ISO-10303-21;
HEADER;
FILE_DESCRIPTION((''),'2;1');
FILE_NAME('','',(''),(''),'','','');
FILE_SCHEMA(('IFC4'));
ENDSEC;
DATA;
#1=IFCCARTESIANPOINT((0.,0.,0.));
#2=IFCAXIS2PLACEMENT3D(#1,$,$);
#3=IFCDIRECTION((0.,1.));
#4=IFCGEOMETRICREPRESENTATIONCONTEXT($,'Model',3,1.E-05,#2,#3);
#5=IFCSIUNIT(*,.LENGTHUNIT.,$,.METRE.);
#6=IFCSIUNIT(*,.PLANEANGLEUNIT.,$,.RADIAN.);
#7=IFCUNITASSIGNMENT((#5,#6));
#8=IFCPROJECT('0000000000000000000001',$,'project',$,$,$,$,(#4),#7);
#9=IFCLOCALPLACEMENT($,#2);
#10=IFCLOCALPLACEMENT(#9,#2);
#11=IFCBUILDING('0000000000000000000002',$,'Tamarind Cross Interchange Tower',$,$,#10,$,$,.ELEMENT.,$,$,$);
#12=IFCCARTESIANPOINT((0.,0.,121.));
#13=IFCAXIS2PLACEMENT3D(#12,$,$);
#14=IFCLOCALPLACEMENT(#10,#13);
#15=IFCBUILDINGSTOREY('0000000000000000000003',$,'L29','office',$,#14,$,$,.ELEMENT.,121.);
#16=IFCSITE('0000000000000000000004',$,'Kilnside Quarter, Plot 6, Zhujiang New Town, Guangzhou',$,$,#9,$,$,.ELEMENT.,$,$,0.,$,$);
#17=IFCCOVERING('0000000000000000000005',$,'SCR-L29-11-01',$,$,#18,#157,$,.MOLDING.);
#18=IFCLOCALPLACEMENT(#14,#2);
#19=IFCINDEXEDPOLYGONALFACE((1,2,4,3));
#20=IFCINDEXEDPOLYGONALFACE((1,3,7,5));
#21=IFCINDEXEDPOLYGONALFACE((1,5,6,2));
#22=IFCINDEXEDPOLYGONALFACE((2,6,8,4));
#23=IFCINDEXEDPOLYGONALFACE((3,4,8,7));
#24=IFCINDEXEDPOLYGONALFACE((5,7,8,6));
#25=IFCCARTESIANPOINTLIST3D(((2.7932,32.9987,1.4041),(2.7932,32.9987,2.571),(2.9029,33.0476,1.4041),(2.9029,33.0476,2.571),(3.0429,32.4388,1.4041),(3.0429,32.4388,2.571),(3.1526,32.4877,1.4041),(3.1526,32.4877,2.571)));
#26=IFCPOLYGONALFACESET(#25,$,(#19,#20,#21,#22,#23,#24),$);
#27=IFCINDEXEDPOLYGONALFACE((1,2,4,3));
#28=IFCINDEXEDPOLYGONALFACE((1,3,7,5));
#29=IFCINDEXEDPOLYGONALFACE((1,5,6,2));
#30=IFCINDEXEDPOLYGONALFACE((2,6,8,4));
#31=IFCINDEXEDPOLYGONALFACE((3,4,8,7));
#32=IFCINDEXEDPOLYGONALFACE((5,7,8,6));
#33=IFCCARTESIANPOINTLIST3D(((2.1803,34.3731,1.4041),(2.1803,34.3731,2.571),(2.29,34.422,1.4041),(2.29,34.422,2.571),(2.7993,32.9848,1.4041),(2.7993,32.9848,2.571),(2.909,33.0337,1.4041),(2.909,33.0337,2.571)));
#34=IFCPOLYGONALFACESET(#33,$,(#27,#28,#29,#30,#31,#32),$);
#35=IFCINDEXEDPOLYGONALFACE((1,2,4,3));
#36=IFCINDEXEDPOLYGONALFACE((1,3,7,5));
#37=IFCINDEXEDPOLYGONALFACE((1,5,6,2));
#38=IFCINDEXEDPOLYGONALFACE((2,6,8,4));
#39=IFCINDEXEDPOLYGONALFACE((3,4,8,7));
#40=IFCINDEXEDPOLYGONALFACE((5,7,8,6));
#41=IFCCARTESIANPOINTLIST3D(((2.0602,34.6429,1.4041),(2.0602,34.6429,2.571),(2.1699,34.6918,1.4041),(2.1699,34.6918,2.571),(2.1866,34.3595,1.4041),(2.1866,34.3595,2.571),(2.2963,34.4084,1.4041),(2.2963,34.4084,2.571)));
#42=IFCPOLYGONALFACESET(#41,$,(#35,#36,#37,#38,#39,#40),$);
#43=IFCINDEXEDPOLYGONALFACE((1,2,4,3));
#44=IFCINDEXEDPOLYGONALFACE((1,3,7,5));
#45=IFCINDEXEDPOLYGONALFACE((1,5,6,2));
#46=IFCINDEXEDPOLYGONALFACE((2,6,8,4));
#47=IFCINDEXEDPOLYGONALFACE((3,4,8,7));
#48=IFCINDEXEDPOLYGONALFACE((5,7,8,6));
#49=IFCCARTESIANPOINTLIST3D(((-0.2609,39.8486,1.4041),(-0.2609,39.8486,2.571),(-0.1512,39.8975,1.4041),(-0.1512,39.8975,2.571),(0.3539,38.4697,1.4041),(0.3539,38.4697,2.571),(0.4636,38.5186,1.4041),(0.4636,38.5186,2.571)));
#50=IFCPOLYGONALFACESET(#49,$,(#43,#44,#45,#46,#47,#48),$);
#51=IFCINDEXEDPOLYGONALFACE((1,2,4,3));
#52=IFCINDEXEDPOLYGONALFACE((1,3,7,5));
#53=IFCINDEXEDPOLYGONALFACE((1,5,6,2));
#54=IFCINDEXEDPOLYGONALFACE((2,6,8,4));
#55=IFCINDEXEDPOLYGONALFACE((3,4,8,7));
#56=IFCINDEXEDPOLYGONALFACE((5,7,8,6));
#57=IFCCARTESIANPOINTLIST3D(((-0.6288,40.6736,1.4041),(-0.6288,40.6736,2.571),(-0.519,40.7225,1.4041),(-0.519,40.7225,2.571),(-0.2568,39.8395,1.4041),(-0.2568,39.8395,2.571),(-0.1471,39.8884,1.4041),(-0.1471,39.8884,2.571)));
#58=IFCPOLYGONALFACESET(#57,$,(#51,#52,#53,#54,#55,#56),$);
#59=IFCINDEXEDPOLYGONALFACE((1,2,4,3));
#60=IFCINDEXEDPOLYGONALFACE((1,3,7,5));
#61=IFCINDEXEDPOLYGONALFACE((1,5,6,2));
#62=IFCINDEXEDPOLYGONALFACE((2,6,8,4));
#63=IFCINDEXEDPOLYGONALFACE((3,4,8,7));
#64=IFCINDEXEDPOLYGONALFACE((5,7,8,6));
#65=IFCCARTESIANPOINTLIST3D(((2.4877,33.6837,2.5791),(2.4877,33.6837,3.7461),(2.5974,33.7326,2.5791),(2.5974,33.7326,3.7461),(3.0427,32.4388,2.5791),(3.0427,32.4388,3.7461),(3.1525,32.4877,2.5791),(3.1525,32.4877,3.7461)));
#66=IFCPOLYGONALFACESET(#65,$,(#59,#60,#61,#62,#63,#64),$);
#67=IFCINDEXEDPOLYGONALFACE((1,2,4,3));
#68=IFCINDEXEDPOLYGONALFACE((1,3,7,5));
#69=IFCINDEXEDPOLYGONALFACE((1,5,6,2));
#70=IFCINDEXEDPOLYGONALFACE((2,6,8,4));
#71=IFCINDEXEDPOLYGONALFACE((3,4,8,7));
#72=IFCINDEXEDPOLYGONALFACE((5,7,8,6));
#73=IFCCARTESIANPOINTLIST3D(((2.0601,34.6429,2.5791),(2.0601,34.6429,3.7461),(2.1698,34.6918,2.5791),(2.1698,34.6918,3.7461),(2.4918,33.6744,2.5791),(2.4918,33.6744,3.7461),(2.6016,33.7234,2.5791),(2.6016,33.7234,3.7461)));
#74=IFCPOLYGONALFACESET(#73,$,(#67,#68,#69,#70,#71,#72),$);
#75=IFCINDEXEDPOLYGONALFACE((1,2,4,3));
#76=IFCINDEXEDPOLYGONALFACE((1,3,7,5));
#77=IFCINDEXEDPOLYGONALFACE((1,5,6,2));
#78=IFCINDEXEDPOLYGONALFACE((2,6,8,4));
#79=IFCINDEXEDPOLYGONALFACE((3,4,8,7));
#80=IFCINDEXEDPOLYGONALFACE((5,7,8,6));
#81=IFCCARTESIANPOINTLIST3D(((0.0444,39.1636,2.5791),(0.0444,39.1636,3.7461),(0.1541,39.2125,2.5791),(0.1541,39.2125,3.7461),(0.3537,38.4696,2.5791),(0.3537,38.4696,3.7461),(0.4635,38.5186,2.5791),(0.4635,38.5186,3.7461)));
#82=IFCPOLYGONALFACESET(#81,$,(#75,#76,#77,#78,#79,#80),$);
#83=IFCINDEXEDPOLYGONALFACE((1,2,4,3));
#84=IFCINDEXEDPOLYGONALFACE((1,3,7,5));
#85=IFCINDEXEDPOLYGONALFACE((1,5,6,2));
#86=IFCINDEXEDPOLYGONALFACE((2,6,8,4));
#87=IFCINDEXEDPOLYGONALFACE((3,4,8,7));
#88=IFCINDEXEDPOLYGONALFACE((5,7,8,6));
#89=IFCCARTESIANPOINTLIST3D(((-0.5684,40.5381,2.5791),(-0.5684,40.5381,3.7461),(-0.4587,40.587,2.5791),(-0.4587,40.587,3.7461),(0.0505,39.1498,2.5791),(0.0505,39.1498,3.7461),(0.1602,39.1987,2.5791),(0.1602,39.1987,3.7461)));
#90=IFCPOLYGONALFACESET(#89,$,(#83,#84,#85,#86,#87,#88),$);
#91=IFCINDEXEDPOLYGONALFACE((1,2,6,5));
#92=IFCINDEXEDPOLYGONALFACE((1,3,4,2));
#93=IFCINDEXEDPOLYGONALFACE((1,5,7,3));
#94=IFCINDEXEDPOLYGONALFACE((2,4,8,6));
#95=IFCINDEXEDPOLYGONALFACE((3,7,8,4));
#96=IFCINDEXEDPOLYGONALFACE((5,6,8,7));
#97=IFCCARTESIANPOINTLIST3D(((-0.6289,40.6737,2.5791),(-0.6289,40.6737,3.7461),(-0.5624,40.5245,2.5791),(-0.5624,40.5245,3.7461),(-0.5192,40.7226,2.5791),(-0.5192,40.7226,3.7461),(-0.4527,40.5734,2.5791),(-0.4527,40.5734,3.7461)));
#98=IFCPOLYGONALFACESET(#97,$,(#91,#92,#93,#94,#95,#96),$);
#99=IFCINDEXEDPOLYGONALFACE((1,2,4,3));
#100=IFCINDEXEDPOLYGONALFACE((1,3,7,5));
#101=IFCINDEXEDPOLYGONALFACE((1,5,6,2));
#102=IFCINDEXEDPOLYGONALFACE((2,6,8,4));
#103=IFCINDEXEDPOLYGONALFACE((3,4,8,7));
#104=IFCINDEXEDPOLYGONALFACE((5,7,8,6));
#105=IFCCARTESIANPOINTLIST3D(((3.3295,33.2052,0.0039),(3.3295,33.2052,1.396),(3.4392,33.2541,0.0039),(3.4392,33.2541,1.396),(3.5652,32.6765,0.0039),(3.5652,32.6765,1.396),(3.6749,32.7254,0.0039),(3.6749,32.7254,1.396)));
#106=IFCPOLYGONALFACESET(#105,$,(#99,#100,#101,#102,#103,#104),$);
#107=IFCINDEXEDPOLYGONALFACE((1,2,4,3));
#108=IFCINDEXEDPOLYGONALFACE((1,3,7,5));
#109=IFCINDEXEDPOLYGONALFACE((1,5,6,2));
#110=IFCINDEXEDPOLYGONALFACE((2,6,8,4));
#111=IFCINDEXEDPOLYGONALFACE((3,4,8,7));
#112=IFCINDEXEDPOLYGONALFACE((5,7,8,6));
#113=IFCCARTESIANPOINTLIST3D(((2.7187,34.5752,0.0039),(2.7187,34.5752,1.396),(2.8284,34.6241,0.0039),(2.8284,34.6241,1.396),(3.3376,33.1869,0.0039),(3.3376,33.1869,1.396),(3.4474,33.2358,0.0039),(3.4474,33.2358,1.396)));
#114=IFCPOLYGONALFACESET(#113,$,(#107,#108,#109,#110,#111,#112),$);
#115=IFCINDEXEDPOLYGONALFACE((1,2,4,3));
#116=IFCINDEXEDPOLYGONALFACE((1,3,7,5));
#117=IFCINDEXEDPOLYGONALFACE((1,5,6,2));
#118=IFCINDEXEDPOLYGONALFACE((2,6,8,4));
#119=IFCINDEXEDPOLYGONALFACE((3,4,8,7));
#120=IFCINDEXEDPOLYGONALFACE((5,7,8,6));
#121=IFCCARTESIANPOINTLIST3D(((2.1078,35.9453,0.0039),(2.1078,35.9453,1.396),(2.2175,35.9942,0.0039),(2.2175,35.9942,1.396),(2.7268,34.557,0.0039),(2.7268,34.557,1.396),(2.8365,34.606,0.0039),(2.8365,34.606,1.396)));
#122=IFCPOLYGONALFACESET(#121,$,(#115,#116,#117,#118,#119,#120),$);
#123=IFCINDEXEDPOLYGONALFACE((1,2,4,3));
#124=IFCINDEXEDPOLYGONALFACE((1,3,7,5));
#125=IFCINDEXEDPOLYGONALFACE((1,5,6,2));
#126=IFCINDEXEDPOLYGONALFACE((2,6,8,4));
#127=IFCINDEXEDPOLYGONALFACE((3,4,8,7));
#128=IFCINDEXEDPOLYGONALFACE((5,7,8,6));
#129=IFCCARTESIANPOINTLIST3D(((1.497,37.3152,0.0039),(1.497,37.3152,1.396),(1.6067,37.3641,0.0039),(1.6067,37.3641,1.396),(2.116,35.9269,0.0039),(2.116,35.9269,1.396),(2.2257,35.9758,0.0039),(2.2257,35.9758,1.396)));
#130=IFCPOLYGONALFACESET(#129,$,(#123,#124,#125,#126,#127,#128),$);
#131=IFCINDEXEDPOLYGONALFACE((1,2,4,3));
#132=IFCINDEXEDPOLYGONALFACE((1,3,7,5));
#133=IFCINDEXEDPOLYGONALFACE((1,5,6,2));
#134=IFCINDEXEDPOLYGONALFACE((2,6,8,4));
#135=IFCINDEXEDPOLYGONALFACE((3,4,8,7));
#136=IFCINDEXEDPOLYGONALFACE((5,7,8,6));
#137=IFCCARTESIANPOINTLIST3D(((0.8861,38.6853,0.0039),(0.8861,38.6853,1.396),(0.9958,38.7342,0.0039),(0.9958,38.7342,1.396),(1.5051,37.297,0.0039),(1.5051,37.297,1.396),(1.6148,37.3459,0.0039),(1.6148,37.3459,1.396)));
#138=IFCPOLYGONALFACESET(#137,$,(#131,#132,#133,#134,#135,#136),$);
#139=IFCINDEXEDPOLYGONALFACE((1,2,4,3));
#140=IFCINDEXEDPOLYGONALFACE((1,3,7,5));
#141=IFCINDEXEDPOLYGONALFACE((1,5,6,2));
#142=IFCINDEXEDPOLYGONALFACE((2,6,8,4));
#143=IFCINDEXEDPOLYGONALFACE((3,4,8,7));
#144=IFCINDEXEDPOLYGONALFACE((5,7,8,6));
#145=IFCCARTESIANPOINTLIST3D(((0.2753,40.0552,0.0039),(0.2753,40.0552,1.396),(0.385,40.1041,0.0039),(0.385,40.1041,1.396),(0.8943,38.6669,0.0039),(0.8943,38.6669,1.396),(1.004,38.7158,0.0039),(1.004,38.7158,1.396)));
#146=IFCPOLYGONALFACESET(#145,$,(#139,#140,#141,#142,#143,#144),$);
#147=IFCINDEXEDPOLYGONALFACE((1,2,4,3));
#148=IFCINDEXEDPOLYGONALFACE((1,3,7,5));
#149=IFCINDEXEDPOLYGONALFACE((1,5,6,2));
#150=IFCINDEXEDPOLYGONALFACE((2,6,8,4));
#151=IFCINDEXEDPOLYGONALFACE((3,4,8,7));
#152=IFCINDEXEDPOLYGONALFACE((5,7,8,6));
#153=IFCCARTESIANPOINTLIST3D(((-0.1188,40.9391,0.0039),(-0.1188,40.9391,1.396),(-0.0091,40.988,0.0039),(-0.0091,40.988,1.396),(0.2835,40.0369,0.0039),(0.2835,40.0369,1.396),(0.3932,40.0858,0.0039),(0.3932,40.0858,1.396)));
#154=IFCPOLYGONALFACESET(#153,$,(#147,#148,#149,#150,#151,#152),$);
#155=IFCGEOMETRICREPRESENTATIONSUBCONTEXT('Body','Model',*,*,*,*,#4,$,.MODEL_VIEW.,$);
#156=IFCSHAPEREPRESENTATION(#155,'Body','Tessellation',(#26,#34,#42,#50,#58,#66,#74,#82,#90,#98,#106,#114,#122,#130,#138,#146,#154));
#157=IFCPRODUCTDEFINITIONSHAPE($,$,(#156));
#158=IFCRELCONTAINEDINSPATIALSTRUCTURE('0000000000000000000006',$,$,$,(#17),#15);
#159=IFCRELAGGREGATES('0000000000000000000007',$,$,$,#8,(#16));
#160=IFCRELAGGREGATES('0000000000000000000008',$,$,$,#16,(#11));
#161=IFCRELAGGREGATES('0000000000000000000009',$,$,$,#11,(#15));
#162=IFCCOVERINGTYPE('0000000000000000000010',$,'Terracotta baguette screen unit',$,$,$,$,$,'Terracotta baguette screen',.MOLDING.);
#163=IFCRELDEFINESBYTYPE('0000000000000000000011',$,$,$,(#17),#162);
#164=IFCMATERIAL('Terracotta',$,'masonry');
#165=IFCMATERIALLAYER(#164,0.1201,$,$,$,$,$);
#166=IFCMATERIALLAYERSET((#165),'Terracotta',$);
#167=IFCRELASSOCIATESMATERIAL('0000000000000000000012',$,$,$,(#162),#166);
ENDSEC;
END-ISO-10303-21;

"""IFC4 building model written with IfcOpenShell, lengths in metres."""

from ifc_helpers import new_model, si_unit, direction, frame, origin, origin_2d, place, context, subcontext, project, spatial, rectangle, extrude, material, layer, layer_set, type_object, element, save


model = new_model("IFC4")

# Units and contexts
model_context = context("Model", 3, precision=1e-05, world=origin(), true_north=direction((0.0, 1.0)))
body_context = subcontext(model_context, "Body", "Model", "MODEL_VIEW")
ifc_project = project(units=[si_unit("LENGTHUNIT", "METRE"), si_unit("PLANEANGLEUNIT", "RADIAN")], contexts=[model_context])

# Site, building, storey
site_placement = place(None, origin())
site = spatial("IfcSite", under=ifc_project, at=site_placement, Name="Kilnside Quarter, Plot 6, Zhujiang New Town, Guangzhou", CompositionType="ELEMENT", RefElevation=0.0)
building_placement = place(site_placement, origin())
building = spatial("IfcBuilding", under=site, at=building_placement, Name="Tamarind Cross Interchange Tower", CompositionType="ELEMENT")
storey_placement = place(building_placement, frame((0.0, 0.0, 121.0)))
storey = spatial("IfcBuildingStorey", under=building, at=storey_placement, Name="L29", Description="office", CompositionType="ELEMENT", Elevation=121.0)

# Covering
ifc_material_1 = material(Name="Terracotta", Category="masonry")
ifc_layer_1 = layer(ifc_material_1, 0.1201)
ifc_layer_set_1 = layer_set([ifc_layer_1], Name="Terracotta")
covering_type = type_object("IfcCoveringType", Name="Terracotta baguette screen unit", ElementType="Terracotta baguette screen", PredefinedType="MOLDING", material=ifc_layer_set_1)
covering_1_placement = place(storey_placement, origin())
element("IfcCovering", 1, at=covering_1_placement, inside=storey, type_object=covering_type, Name="SCR-L29-11-01", PredefinedType="MOLDING", context=body_context, shape_type="SweptSolid", body=[
    extrude(rectangle(XDim=0.613, YDim=0.1201, at=origin_2d()), frame((2.9729, 32.7432, 1.4041), z_axis=(0.0, 0.0, 1.0), x_axis=(-0.407221, 0.91333, 0.0)), (0.0, 0.0, 1.0), 1.167),
    extrude(rectangle(XDim=1.52, YDim=0.1201, at=origin_2d()), frame((2.5447, 33.7034, 1.4041), z_axis=(0.0, 0.0, 1.0), x_axis=(-0.407221, 0.91333, 0.0)), (0.0, 0.0, 1.0), 1.167),
    extrude(rectangle(XDim=0.3103, YDim=0.1201, at=origin_2d()), frame((2.1782, 34.5256, 1.4041), z_axis=(0.0, 0.0, 1.0), x_axis=(-0.407221, 0.91333, 0.0)), (0.0, 0.0, 1.0), 1.167),
    extrude(rectangle(XDim=1.5098, YDim=0.1201, at=origin_2d()), frame((0.1013, 39.1836, 1.4041), z_axis=(0.0, 0.0, 1.0), x_axis=(-0.407221, 0.91333, 0.0)), (0.0, 0.0, 1.0), 1.167),
    extrude(rectangle(XDim=0.9133, YDim=0.1201, at=origin_2d()), frame((-0.3879, 40.281, 1.4041), z_axis=(0.0, 0.0, 1.0), x_axis=(-0.407221, 0.91333, 0.0)), (0.0, 0.0, 1.0), 1.167),
    extrude(rectangle(XDim=1.363, YDim=0.1201, at=origin_2d()), frame((2.8201, 33.0857, 2.5791), z_axis=(0.0, 0.0, 1.0), x_axis=(-0.407221, 0.91333, 0.0)), (0.0, 0.0, 1.0), 1.167),
    extrude(rectangle(XDim=1.0603, YDim=0.1201, at=origin_2d()), frame((2.3308, 34.1831, 2.5791), z_axis=(0.0, 0.0, 1.0), x_axis=(-0.407221, 0.91333, 0.0)), (0.0, 0.0, 1.0), 1.167),
    extrude(rectangle(XDim=0.7598, YDim=0.1201, at=origin_2d()), frame((0.2539, 38.8411, 2.5791), z_axis=(0.0, 0.0, 1.0), x_axis=(-0.407221, 0.91333, 0.0)), (0.0, 0.0, 1.0), 1.167),
    extrude(rectangle(XDim=1.52, YDim=0.1201, at=origin_2d()), frame((-0.2041, 39.8684, 2.5791), z_axis=(0.0, 0.0, 1.0), x_axis=(-0.407221, 0.91333, 0.0)), (0.0, 0.0, 1.0), 1.167),
    extrude(rectangle(XDim=0.1633, YDim=0.1201, at=origin_2d()), frame((-0.5408, 40.6235, 2.5791), z_axis=(0.0, 0.0, 1.0), x_axis=(-0.407221, 0.91333, 0.0)), (0.0, 0.0, 1.0), 1.167),
    extrude(rectangle(XDim=0.5789, YDim=0.1201, at=origin_2d()), frame((3.5022, 32.9653, 0.0039), z_axis=(0.0, 0.0, 1.0), x_axis=(-0.407221, 0.91333, 0.0)), (0.0, 0.0, 1.0), 1.3921),
    extrude(rectangle(XDim=1.52, YDim=0.1201, at=origin_2d()), frame((3.083, 33.9055, 0.0039), z_axis=(0.0, 0.0, 1.0), x_axis=(-0.407221, 0.91333, 0.0)), (0.0, 0.0, 1.0), 1.3921),
    extrude(rectangle(XDim=1.52, YDim=0.1201, at=origin_2d()), frame((2.4722, 35.2756, 0.0039), z_axis=(0.0, 0.0, 1.0), x_axis=(-0.407221, 0.91333, 0.0)), (0.0, 0.0, 1.0), 1.3921),
    extrude(rectangle(XDim=1.52, YDim=0.1201, at=origin_2d()), frame((1.8613, 36.6455, 0.0039), z_axis=(0.0, 0.0, 1.0), x_axis=(-0.407221, 0.91333, 0.0)), (0.0, 0.0, 1.0), 1.3921),
    extrude(rectangle(XDim=1.52, YDim=0.1201, at=origin_2d()), frame((1.2505, 38.0156, 0.0039), z_axis=(0.0, 0.0, 1.0), x_axis=(-0.407221, 0.91333, 0.0)), (0.0, 0.0, 1.0), 1.3921),
    extrude(rectangle(XDim=1.52, YDim=0.1201, at=origin_2d()), frame((0.6396, 39.3855, 0.0039), z_axis=(0.0, 0.0, 1.0), x_axis=(-0.407221, 0.91333, 0.0)), (0.0, 0.0, 1.0), 1.3921),
    extrude(rectangle(XDim=0.9878, YDim=0.1201, at=origin_2d()), frame((0.1372, 40.5125, 0.0039), z_axis=(0.0, 0.0, 1.0), x_axis=(-0.407221, 0.91333, 0.0)), (0.0, 0.0, 1.0), 1.3921),
])

save(model, "model.ifc")
